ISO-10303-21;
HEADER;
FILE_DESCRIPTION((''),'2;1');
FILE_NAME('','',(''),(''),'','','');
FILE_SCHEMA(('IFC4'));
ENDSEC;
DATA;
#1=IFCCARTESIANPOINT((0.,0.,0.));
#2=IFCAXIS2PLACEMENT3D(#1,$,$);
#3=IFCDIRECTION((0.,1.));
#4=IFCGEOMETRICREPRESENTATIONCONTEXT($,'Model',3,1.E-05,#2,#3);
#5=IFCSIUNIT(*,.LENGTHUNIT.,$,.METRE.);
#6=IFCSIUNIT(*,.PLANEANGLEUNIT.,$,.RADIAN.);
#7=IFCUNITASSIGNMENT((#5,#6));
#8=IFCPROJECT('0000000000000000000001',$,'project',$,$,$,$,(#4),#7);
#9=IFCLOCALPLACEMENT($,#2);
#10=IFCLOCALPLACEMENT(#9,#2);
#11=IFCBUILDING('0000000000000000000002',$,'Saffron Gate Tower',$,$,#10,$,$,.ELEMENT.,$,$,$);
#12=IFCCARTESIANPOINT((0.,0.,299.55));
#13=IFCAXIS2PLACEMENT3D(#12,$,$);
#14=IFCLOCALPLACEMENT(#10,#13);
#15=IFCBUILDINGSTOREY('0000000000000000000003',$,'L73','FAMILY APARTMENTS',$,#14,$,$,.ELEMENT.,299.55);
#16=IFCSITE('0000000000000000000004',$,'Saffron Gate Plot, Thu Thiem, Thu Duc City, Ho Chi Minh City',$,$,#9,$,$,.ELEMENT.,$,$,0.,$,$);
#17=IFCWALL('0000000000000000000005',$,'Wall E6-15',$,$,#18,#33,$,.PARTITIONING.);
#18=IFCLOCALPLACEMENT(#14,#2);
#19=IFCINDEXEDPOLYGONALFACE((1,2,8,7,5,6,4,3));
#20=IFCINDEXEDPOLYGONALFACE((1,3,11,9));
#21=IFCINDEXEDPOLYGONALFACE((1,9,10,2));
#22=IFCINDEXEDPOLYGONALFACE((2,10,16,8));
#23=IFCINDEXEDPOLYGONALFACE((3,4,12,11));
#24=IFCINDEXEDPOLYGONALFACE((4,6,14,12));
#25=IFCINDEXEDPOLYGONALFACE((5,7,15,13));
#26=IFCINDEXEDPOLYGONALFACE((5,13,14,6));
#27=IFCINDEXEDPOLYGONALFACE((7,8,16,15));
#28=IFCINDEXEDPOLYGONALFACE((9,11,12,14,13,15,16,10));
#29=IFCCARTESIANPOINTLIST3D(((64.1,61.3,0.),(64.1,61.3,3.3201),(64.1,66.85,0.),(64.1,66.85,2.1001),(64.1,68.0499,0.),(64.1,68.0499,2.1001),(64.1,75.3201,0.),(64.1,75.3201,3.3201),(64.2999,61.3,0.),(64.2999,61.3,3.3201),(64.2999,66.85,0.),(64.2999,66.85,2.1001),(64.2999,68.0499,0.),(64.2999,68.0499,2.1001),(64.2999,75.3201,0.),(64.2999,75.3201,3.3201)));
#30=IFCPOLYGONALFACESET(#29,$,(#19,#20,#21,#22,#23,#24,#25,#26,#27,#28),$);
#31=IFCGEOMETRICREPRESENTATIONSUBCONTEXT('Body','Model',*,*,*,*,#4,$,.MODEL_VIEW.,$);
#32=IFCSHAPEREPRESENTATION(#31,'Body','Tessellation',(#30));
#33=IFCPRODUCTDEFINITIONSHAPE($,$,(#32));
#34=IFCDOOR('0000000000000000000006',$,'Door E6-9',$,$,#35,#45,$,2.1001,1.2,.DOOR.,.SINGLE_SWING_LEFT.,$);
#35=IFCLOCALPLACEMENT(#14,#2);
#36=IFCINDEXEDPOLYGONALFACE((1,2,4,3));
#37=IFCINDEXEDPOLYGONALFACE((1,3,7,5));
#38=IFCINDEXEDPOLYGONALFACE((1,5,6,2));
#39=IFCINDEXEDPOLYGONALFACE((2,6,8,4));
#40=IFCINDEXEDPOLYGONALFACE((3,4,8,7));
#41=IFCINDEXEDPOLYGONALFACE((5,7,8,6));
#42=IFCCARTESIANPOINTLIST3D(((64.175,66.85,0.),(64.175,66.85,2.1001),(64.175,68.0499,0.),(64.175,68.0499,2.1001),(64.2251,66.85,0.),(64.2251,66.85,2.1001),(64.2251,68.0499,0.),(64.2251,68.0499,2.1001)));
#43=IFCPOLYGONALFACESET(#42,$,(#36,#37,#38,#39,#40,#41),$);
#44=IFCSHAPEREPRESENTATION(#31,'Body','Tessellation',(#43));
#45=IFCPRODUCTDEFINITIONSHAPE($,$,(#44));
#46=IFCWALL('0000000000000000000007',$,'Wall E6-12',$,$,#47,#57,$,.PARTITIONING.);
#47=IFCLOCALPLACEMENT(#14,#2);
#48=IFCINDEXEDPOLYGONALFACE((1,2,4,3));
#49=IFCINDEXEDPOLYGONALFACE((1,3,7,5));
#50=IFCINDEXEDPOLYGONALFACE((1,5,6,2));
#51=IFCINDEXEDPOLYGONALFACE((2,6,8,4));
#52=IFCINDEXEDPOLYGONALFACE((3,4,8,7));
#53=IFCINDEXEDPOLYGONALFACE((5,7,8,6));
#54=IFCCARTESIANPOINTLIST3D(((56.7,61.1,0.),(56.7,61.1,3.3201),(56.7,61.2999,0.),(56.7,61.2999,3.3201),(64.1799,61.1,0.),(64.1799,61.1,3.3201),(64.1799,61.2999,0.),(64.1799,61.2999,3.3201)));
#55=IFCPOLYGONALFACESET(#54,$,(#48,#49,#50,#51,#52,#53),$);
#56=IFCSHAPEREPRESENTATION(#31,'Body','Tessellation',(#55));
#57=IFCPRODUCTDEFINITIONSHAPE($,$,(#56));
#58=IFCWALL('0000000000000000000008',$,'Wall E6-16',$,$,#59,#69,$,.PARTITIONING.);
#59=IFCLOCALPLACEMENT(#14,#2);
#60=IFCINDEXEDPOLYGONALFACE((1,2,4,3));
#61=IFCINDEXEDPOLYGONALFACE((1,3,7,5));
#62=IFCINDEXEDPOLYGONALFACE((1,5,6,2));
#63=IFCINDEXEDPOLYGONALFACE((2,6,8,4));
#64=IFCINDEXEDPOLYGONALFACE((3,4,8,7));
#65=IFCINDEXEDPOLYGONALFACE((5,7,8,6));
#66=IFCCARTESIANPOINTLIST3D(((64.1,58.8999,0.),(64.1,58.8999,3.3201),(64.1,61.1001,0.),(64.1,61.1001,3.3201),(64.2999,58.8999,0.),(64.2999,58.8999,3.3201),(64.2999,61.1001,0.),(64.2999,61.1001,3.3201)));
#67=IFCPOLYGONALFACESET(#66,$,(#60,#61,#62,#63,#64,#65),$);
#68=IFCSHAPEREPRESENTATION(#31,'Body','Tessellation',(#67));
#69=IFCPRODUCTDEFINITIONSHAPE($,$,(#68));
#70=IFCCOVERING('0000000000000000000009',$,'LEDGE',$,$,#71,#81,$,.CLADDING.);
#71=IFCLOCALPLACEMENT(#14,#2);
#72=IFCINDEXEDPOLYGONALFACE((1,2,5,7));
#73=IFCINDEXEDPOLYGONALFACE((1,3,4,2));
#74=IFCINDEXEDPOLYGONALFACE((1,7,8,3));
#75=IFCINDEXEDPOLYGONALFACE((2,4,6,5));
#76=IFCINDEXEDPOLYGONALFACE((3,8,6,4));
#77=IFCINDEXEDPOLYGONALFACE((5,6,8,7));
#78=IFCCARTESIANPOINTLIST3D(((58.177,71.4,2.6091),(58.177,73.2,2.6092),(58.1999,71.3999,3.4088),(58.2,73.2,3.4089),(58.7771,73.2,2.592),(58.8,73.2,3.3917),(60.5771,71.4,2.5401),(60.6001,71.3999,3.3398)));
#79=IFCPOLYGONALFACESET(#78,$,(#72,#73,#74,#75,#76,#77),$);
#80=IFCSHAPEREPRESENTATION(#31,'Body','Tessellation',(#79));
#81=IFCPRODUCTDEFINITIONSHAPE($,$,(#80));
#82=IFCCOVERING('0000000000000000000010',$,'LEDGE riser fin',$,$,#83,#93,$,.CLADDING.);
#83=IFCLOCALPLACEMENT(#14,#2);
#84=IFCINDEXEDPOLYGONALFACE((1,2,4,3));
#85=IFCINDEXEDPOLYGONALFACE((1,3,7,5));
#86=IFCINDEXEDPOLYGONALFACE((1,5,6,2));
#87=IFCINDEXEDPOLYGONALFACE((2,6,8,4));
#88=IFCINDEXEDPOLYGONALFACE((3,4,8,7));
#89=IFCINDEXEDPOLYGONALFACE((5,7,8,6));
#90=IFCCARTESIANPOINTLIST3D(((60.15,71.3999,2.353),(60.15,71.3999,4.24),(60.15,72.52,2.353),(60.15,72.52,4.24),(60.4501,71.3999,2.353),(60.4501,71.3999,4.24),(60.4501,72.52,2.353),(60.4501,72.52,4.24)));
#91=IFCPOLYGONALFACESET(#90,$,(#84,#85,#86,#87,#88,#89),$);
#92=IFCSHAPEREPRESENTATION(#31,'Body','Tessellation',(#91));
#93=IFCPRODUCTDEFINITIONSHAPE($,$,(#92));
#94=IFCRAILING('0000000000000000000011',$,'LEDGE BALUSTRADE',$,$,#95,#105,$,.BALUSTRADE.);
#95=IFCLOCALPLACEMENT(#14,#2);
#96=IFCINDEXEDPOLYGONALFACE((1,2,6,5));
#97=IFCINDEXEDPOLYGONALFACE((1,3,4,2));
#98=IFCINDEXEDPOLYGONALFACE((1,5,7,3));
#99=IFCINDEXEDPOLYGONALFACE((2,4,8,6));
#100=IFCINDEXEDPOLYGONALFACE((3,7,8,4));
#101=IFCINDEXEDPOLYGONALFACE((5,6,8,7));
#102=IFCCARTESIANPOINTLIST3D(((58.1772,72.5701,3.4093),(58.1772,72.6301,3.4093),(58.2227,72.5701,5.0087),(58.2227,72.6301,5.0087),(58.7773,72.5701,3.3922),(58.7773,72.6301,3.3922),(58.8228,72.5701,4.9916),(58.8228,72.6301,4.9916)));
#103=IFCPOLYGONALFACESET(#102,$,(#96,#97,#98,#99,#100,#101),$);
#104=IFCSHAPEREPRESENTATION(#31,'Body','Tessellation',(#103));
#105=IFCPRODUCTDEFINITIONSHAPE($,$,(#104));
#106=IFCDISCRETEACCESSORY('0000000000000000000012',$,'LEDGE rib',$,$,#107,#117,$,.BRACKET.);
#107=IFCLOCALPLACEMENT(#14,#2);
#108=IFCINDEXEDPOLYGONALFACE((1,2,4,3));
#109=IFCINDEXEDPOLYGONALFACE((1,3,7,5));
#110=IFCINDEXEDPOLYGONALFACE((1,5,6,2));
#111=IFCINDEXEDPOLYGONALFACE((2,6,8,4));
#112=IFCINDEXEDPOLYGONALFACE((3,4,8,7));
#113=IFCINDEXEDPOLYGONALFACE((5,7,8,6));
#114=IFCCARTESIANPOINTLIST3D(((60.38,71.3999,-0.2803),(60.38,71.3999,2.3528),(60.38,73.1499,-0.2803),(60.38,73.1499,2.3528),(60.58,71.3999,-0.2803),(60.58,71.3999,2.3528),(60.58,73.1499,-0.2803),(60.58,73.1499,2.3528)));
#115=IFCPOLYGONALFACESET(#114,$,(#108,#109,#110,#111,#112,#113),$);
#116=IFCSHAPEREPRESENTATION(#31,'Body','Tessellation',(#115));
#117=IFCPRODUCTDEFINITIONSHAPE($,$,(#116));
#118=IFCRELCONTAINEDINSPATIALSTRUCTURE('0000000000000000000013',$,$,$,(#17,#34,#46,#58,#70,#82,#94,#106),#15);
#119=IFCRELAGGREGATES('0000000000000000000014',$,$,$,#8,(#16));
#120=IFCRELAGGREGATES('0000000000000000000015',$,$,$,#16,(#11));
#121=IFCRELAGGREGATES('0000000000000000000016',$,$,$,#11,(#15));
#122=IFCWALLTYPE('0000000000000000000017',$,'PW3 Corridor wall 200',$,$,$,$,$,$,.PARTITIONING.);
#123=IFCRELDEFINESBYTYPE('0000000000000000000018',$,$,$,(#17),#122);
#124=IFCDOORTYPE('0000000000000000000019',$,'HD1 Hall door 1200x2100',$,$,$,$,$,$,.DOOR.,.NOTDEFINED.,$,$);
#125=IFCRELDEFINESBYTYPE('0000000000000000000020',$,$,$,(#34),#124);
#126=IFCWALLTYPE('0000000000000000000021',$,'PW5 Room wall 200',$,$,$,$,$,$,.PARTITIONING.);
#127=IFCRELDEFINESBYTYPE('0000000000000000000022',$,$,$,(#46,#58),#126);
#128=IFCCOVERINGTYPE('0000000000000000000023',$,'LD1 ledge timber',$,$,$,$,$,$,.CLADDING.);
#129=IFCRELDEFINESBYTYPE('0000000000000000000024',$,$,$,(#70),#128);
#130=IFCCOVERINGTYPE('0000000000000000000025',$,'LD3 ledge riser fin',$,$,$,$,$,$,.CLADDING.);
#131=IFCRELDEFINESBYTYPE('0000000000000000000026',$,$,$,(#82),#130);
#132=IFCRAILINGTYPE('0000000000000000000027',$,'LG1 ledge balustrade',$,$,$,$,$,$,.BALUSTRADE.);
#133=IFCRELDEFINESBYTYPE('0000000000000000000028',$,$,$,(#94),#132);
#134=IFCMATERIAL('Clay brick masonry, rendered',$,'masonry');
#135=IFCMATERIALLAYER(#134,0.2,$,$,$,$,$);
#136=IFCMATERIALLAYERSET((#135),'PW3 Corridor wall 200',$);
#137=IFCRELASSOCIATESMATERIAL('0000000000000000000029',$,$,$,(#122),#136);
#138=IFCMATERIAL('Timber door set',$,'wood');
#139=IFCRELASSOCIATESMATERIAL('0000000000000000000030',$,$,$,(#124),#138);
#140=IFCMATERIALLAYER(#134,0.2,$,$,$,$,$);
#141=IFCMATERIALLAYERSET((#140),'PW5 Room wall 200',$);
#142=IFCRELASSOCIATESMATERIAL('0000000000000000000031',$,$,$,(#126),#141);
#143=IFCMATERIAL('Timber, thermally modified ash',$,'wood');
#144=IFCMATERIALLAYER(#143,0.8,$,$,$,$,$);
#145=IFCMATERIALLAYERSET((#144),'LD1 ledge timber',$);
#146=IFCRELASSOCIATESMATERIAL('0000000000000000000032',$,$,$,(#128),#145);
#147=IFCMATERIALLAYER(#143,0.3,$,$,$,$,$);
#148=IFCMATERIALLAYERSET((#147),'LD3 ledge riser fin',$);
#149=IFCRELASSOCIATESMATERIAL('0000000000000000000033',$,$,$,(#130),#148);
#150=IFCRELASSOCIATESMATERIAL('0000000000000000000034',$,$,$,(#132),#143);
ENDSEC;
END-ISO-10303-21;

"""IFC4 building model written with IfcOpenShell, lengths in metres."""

from ifc_helpers import new_model, si_unit, direction, frame, frame_2d, origin, origin_2d, place, context, subcontext, project, spatial, polyline, rectangle, outline, extrude, material, layer, layer_set, type_object, element, fill, save


model = new_model("IFC4")

# Units and contexts
model_context = context("Model", 3, precision=1e-05, world=origin(), true_north=direction((0.0, 1.0)))
body_context = subcontext(model_context, "Body", "Model", "MODEL_VIEW")
ifc_project = project(units=[si_unit("LENGTHUNIT", "METRE"), si_unit("PLANEANGLEUNIT", "RADIAN")], contexts=[model_context])

# Site, building, storey
site_placement = place(None, origin())
site = spatial("IfcSite", under=ifc_project, at=site_placement, Name="Saffron Gate Plot, Thu Thiem, Thu Duc City, Ho Chi Minh City", CompositionType="ELEMENT", RefElevation=0.0)
building_placement = place(site_placement, origin())
building = spatial("IfcBuilding", under=site, at=building_placement, Name="Saffron Gate Tower", CompositionType="ELEMENT")
storey_placement = place(building_placement, frame((0.0, 0.0, 299.55)))
storey = spatial("IfcBuildingStorey", under=building, at=storey_placement, Name="L73", Description="FAMILY APARTMENTS", CompositionType="ELEMENT", Elevation=299.55)

# Shared definitions
ifc_material_1 = material(Name="Clay brick masonry, rendered", Category="masonry")
ifc_layer_1 = layer(ifc_material_1, 0.2)
ifc_layer_set_1 = layer_set([ifc_layer_1], Name="PW3 Corridor wall 200")
wall_type_1 = type_object("IfcWallType", Name="PW3 Corridor wall 200", PredefinedType="PARTITIONING", material=ifc_layer_set_1)

# Wall, opening, door
wall_1_placement = place(storey_placement, frame((64.2, 61.3, 0.0), z_axis=(0.0, 0.0, 1.0), x_axis=(0.0, 1.0, 0.0)))
wall_1 = element("IfcWall", 1, at=wall_1_placement, inside=storey, type_object=wall_type_1, Name="Wall E6-15", PredefinedType="PARTITIONING", context=body_context, shape_type="SweptSolid", body=[
    extrude(rectangle(XDim=14.02, YDim=0.2, at=frame_2d((7.01, 0.0))), origin(), (0.0, 0.0, 1.0), 3.3201),
])
opening_1_placement = place(wall_1_placement, frame((5.5498, 0.0, 0.0)))
opening_1 = element("IfcOpeningElement", 2, at=opening_1_placement, cuts=wall_1, PredefinedType="OPENING", context=body_context, shape_type="SweptSolid", body=[
    extrude(rectangle(XDim=1.2, YDim=2.1001, at=frame_2d((0.6001, 1.05))), frame((0.0, 0.1099, 0.0), z_axis=(0.0, -1.0, 0.0), x_axis=(1.0, 0.0, 0.0)), (0.0, 0.0, 1.0), 0.22),
])
ifc_material_2 = material(Name="Timber door set", Category="wood")
door_type = type_object("IfcDoorType", Name="HD1 Hall door 1200x2100", OperationType="NOTDEFINED", PredefinedType="DOOR", material=ifc_material_2)
door_placement = place(opening_1_placement, origin())
door = element("IfcDoor", 3, at=door_placement, inside=storey, type_object=door_type, Name="Door E6-9", OperationType="SINGLE_SWING_LEFT", OverallHeight=2.1001, OverallWidth=1.2, PredefinedType="DOOR", context=body_context, shape_type="SweptSolid", body=[
    extrude(rectangle(XDim=1.2, YDim=2.1001, at=frame_2d((0.6001, 1.05))), frame((0.0, 0.0249, 0.0), z_axis=(0.0, -1.0, 0.0), x_axis=(1.0, 0.0, 0.0)), (0.0, 0.0, 1.0), 0.05),
])
fill(opening_1, door)

# Walls
ifc_layer_2 = layer(ifc_material_1, 0.2)
ifc_layer_set_2 = layer_set([ifc_layer_2], Name="PW5 Room wall 200")
wall_type_2 = type_object("IfcWallType", Name="PW5 Room wall 200", PredefinedType="PARTITIONING", material=ifc_layer_set_2)
wall_2_placement = place(storey_placement, frame((56.7, 61.2, 0.0), z_axis=(0.0, 0.0, 1.0), x_axis=(1.0, 0.0, 0.0)))
element("IfcWall", 4, at=wall_2_placement, inside=storey, type_object=wall_type_2, Name="Wall E6-12", PredefinedType="PARTITIONING", context=body_context, shape_type="SweptSolid", body=[
    extrude(rectangle(XDim=7.48, YDim=0.2, at=frame_2d((3.74, 0.0))), origin(), (0.0, 0.0, 1.0), 3.3201),
])
wall_3_placement = place(storey_placement, frame((64.2, 61.1001, 0.0), z_axis=(0.0, 0.0, 1.0), x_axis=(0.0, -1.0, 0.0)))
element("IfcWall", 5, at=wall_3_placement, inside=storey, type_object=wall_type_2, Name="Wall E6-16", PredefinedType="PARTITIONING", context=body_context, shape_type="SweptSolid", body=[
    extrude(rectangle(XDim=2.2002, YDim=0.2, at=frame_2d((1.1001, 0.0))), origin(), (0.0, 0.0, 1.0), 3.3201),
])

# Coverings
ifc_material_3 = material(Name="Timber, thermally modified ash", Category="wood")
ifc_layer_3 = layer(ifc_material_3, 0.8)
ifc_layer_set_3 = layer_set([ifc_layer_3], Name="LD1 ledge timber")
covering_type_1 = type_object("IfcCoveringType", Name="LD1 ledge timber", PredefinedType="CLADDING", material=ifc_layer_set_3)
covering_1_placement = place(storey_placement, frame((60.6001, 71.3999, 3.3398), z_axis=(0.028713, -0.000082, 0.999588), x_axis=(-0.999588, 0.0, 0.028713)))
element("IfcCovering", 6, at=covering_1_placement, inside=storey, type_object=covering_type_1, Name="LEDGE", PredefinedType="CLADDING", context=body_context, shape_type="SweptSolid", body=[
    extrude(outline(polyline([(0.0, 0.0), (2.4011, 0.0), (2.4011, -1.8), (1.8008, -1.8), (0.0, 0.0)])), origin(), (0.0, 0.0, -1.0), 0.8),
])
ifc_layer_4 = layer(ifc_material_3, 0.3)
ifc_layer_set_4 = layer_set([ifc_layer_4], Name="LD3 ledge riser fin")
covering_type_2 = type_object("IfcCoveringType", Name="LD3 ledge riser fin", PredefinedType="CLADDING", material=ifc_layer_set_4)
covering_2_placement = place(storey_placement, frame((60.3, 71.96, 2.353), z_axis=(0.0, 0.0, 1.0), x_axis=(-1.0, 0.0, 0.0)))
element("IfcCovering", 7, at=covering_2_placement, inside=storey, type_object=covering_type_2, Name="LEDGE riser fin", PredefinedType="CLADDING", context=body_context, shape_type="SweptSolid", body=[
    extrude(rectangle(XDim=0.3, YDim=1.1201, at=origin_2d()), origin(), (0.0, 0.0, 1.0), 1.887),
])

# Railing
railing_type = type_object("IfcRailingType", Name="LG1 ledge balustrade", PredefinedType="BALUSTRADE", material=ifc_material_3)
railing_placement = place(storey_placement, frame((58.8, 72.6001, 3.3918)))
element("IfcRailing", 8, at=railing_placement, inside=storey, type_object=railing_type, Name="LEDGE BALUSTRADE", PredefinedType="BALUSTRADE", context=body_context, shape_type="SweptSolid", body=[
    extrude(rectangle(XDim=0.0601, YDim=1.6001, at=origin_2d()), frame((0.0, 0.0, 0.8), z_axis=(-0.999595, 0.0, 0.028467), x_axis=(0.0, -1.0, 0.0)), (0.0, 0.0, 1.0), 0.6003),
])

# Discrete accessory
discrete_accessory_placement = place(storey_placement, frame((60.48, 72.2749, -0.2803), z_axis=(0.0, 0.0, 1.0), x_axis=(-1.0, 0.0, 0.0)))
element("IfcDiscreteAccessory", 9, at=discrete_accessory_placement, inside=storey, Name="LEDGE rib", PredefinedType="BRACKET", context=body_context, shape_type="SweptSolid", body=[
    extrude(rectangle(XDim=0.2, YDim=1.75, at=origin_2d()), origin(), (0.0, 0.0, 1.0), 2.6331),
])

save(model, "model.ifc")
